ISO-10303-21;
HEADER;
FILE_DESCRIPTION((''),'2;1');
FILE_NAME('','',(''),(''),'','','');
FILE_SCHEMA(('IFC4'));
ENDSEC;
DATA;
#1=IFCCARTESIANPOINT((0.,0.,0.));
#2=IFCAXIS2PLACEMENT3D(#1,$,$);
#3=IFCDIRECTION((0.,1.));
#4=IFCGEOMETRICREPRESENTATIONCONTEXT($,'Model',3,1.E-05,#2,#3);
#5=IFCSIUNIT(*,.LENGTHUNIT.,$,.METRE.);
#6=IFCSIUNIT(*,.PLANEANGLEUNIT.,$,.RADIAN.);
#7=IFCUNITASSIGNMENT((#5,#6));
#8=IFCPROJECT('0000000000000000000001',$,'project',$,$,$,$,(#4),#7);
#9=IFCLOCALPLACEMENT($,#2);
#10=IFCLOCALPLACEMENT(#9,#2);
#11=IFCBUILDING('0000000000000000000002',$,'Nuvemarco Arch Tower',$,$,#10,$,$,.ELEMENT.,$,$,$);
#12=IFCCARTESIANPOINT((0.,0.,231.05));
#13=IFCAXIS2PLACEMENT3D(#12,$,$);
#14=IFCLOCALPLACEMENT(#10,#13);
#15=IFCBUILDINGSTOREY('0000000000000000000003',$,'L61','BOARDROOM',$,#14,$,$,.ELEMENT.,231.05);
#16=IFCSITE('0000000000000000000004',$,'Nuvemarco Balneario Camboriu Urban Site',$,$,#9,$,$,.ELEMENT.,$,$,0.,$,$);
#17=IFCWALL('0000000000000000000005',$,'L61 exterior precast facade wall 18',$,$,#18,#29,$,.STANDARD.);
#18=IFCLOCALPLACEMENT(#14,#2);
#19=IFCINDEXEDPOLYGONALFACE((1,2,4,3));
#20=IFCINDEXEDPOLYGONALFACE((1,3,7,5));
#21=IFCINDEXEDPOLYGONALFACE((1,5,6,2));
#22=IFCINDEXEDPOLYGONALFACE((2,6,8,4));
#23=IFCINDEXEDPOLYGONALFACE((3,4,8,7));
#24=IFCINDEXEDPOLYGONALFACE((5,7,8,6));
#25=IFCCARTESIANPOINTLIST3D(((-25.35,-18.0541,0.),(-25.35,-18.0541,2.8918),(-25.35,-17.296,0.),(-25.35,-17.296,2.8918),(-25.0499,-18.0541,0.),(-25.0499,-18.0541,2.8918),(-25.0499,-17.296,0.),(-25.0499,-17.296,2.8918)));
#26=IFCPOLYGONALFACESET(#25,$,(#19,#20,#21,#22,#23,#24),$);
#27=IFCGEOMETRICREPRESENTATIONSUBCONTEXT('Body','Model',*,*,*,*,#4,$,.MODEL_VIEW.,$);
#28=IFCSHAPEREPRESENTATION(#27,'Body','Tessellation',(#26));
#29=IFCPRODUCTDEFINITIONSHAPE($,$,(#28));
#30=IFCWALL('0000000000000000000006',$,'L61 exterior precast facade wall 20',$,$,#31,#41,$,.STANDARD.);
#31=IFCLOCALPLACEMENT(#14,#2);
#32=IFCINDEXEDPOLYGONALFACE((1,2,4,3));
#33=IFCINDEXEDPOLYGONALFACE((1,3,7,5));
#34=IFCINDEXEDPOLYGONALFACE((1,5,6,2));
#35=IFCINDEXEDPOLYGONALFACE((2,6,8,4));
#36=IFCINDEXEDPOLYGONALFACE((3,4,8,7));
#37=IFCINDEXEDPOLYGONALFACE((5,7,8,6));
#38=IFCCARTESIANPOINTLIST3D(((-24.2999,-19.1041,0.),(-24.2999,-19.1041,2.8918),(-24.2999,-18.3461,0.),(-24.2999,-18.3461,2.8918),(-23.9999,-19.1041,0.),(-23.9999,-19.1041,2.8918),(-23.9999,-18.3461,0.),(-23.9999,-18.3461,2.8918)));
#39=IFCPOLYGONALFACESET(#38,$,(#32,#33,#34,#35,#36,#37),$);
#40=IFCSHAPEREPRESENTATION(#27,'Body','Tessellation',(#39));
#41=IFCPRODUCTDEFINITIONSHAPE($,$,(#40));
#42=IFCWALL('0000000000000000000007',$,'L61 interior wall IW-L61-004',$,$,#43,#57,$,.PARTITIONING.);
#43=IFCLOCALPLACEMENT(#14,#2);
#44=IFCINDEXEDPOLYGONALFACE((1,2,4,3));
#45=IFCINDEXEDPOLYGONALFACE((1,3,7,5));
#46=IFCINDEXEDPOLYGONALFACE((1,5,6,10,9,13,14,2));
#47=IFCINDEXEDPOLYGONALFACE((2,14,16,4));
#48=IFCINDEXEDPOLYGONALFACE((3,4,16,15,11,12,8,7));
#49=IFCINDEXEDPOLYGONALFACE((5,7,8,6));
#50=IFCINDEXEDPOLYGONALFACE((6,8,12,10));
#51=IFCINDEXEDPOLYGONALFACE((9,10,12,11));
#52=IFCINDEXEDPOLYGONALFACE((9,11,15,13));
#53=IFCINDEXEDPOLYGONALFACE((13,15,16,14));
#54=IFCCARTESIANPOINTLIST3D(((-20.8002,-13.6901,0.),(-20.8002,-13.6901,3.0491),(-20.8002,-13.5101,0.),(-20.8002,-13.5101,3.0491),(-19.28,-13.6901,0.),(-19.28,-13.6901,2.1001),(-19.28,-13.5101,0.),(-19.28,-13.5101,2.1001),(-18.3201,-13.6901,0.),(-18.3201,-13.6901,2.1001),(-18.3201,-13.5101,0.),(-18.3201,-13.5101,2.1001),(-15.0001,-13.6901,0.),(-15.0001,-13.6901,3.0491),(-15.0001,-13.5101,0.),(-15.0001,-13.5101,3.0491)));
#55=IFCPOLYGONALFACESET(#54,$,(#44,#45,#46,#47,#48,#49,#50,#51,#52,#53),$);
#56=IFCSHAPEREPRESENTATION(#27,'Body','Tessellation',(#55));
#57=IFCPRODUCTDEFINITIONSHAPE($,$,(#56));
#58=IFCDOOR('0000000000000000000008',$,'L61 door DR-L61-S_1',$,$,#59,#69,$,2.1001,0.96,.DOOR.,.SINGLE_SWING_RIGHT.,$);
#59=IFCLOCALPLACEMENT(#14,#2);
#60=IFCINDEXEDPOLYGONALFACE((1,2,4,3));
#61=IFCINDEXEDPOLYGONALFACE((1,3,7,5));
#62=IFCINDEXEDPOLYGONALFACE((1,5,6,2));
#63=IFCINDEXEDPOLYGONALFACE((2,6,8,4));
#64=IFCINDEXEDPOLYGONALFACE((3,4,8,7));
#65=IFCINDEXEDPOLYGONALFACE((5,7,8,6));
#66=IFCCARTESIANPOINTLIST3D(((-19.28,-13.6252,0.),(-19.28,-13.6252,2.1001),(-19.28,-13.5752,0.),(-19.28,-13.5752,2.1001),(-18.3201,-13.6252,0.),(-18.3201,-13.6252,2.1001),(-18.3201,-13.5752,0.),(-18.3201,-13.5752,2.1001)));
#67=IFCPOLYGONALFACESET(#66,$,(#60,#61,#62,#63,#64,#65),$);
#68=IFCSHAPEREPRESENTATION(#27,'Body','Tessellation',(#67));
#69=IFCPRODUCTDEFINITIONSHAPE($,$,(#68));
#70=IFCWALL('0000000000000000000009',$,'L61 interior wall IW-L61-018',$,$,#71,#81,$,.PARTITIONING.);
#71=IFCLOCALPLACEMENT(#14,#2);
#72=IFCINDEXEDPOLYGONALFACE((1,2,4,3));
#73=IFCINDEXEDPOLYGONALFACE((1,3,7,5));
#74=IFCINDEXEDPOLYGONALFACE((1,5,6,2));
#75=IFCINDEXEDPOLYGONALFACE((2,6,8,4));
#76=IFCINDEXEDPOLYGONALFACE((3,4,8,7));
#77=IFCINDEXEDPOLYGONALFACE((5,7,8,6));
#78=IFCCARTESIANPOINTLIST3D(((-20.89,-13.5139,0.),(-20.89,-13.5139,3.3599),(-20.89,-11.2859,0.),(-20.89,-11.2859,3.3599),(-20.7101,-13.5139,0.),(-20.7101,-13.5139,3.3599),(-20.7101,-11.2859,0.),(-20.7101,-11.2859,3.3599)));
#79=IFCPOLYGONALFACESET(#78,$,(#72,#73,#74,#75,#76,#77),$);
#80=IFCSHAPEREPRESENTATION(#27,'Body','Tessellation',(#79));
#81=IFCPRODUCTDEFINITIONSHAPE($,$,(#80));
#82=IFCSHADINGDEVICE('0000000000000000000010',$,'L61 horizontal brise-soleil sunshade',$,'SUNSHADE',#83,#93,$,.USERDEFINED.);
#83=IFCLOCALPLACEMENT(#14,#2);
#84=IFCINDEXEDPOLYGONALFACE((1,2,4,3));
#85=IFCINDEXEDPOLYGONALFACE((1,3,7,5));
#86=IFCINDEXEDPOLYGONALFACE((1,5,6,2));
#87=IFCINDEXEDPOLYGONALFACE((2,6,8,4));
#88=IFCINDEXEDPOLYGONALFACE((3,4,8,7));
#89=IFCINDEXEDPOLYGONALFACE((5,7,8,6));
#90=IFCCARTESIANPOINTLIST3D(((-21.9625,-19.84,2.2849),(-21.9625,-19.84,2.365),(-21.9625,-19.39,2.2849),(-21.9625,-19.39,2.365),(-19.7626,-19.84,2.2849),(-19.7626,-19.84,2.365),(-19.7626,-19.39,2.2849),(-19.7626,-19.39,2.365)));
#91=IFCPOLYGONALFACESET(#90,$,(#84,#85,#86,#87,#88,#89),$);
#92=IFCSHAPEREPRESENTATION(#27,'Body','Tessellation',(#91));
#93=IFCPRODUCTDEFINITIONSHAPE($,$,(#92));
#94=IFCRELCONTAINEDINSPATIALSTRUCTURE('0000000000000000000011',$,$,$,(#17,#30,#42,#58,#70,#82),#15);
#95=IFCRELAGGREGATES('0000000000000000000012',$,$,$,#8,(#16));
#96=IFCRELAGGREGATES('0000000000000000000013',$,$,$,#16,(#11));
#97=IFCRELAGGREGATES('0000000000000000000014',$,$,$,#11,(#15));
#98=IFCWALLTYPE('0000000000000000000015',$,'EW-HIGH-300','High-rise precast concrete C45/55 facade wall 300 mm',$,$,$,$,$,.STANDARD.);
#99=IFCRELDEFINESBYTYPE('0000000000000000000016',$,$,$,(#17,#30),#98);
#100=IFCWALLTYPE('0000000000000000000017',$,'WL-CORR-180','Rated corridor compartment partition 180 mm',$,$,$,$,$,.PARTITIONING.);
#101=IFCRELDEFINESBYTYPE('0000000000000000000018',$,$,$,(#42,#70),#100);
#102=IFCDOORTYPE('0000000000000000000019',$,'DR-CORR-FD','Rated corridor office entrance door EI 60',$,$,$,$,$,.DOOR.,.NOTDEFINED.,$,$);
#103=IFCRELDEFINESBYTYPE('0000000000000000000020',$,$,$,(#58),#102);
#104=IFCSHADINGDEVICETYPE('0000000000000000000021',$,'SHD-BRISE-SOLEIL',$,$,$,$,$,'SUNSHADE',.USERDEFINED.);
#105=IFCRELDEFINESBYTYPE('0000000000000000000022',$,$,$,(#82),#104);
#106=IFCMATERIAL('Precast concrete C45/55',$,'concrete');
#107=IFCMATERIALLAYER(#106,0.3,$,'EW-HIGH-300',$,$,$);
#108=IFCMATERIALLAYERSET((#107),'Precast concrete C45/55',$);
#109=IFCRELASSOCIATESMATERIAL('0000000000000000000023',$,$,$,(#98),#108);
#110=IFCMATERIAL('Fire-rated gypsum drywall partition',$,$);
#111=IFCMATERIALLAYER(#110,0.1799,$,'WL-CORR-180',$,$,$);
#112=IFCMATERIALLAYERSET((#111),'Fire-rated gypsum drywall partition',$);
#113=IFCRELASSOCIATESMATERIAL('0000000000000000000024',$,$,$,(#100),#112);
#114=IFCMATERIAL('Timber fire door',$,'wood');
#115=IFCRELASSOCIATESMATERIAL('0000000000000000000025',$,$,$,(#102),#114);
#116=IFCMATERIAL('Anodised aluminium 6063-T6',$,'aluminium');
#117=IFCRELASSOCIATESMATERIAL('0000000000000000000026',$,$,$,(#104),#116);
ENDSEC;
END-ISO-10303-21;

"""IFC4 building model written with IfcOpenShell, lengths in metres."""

from ifc_helpers import new_model, si_unit, direction, frame, frame_2d, origin, origin_2d, place, context, subcontext, project, spatial, rectangle, extrude, source, transform, mapped, material, layer, layer_set, type_object, type_shapes, element, fill, save


model = new_model("IFC4")

# Units and contexts
model_context = context("Model", 3, precision=1e-05, world=origin(), true_north=direction((0.0, 1.0)))
body_context = subcontext(model_context, "Body", "Model", "MODEL_VIEW")
ifc_project = project(units=[si_unit("LENGTHUNIT", "METRE"), si_unit("PLANEANGLEUNIT", "RADIAN")], contexts=[model_context])

# Site, building, storey
site_placement = place(None, origin())
site = spatial("IfcSite", under=ifc_project, at=site_placement, Name="Nuvemarco Balneario Camboriu Urban Site", CompositionType="ELEMENT", RefElevation=0.0)
building_placement = place(site_placement, origin())
building = spatial("IfcBuilding", under=site, at=building_placement, Name="Nuvemarco Arch Tower", CompositionType="ELEMENT")
storey_placement = place(building_placement, frame((0.0, 0.0, 231.05)))
storey = spatial("IfcBuildingStorey", under=building, at=storey_placement, Name="L61", Description="BOARDROOM", CompositionType="ELEMENT", Elevation=231.05)

# Shared definitions
ifc_material_1 = material(Name="Precast concrete C45/55", Category="concrete")
ifc_layer_1 = layer(ifc_material_1, 0.3, Name="EW-HIGH-300")
ifc_layer_set_1 = layer_set([ifc_layer_1], Name="Precast concrete C45/55")
wall_type_1 = type_object("IfcWallType", Name="EW-HIGH-300", Description="High-rise precast concrete C45/55 facade wall 300 mm", PredefinedType="STANDARD", material=ifc_layer_set_1)

# Walls
for number, where, z_axis, x_axis, name in (
    (1, (-25.2, -18.054, 0.0), (0.0, 0.0, 1.0), (0.0, 1.0, 0.0), "L61 exterior precast facade wall 18"),
    (2, (-24.1499, -19.104, 0.0), (0.0, 0.0, 1.0), (0.0, 1.0, 0.0), "L61 exterior precast facade wall 20"),
):
    element("IfcWall", number, at=place(storey_placement, frame(where, z_axis=z_axis, x_axis=x_axis)), inside=storey, type_object=wall_type_1, Name=name, PredefinedType="STANDARD", context=body_context, shape_type="SweptSolid", body=[
        extrude(rectangle(XDim=0.7581, YDim=0.3, at=frame_2d((0.3789, 0.0))), origin(), (0.0, 0.0, 1.0), 2.8918),
    ])

# Wall, opening, door
ifc_material_2 = material(Name="Fire-rated gypsum drywall partition")
ifc_layer_2 = layer(ifc_material_2, 0.1799, Name="WL-CORR-180")
ifc_layer_set_2 = layer_set([ifc_layer_2], Name="Fire-rated gypsum drywall partition")
wall_type_2 = type_object("IfcWallType", Name="WL-CORR-180", Description="Rated corridor compartment partition 180 mm", PredefinedType="PARTITIONING", material=ifc_layer_set_2)
wall_1_placement = place(storey_placement, frame((-20.8, -13.6001, 0.0), z_axis=(0.0, 0.0, 1.0), x_axis=(1.0, 0.0, 0.0)))
wall_1 = element("IfcWall", 3, at=wall_1_placement, inside=storey, type_object=wall_type_2, Name="L61 interior wall IW-L61-004", PredefinedType="PARTITIONING", context=body_context, shape_type="SweptSolid", body=[
    extrude(rectangle(XDim=5.8, YDim=0.1799, at=frame_2d((2.8999, 0.0))), origin(), (0.0, 0.0, 1.0), 3.0491),
])
opening_1_placement = place(wall_1_placement, frame((1.52, 0.0, 0.0)))
opening_1 = element("IfcOpeningElement", 4, at=opening_1_placement, cuts=wall_1, PredefinedType="OPENING", context=body_context, shape_type="SweptSolid", body=[
    extrude(rectangle(XDim=0.96, YDim=2.1001, at=frame_2d((0.48, 1.05))), frame((0.0, 0.0999, 0.0), z_axis=(0.0, -1.0, 0.0), x_axis=(1.0, 0.0, 0.0)), (0.0, 0.0, 1.0), 0.2),
])
ifc_material_3 = material(Name="Timber fire door", Category="wood")
door_type_1 = type_object("IfcDoorType", Name="DR-CORR-FD", Description="Rated corridor office entrance door EI 60", OperationType="NOTDEFINED", PredefinedType="DOOR", material=ifc_material_3)
shared_shape_1 = source(origin(), body_context, "Body", "SweptSolid", [
    extrude(rectangle(XDim=0.96, YDim=2.1001, at=frame_2d((0.48, 1.05))), frame((0.0, 0.0249, 0.0), z_axis=(0.0, -1.0, 0.0), x_axis=(1.0, 0.0, 0.0)), (0.0, 0.0, 1.0), 0.05),
])
type_shapes(door_type_1, [shared_shape_1])
door_1_placement = place(opening_1_placement, origin())
door_1 = element("IfcDoor", 5, at=door_1_placement, inside=storey, type_object=door_type_1, Name="L61 door DR-L61-S_1", OperationType="SINGLE_SWING_RIGHT", OverallHeight=2.1001, OverallWidth=0.96, PredefinedType="DOOR", context=body_context, shape_type="MappedRepresentation", body=[
    mapped(shared_shape_1, transform((0.0, 0.0, 0.0), scale=1.0)),
])
fill(opening_1, door_1)

# Wall
wall_2_placement = place(storey_placement, frame((-20.8, -13.5139, 0.0), z_axis=(0.0, 0.0, 1.0), x_axis=(0.0, 1.0, 0.0)))
element("IfcWall", 6, at=wall_2_placement, inside=storey, type_object=wall_type_2, Name="L61 interior wall IW-L61-018", PredefinedType="PARTITIONING", context=body_context, shape_type="SweptSolid", body=[
    extrude(rectangle(XDim=2.228, YDim=0.1799, at=frame_2d((1.114, 0.0))), origin(), (0.0, 0.0, 1.0), 3.3599),
])

# Shading device
ifc_material_4 = material(Name="Anodised aluminium 6063-T6", Category="aluminium")
shading_device_type = type_object("IfcShadingDeviceType", Name="SHD-BRISE-SOLEIL", ElementType="SUNSHADE", PredefinedType="USERDEFINED", material=ifc_material_4)
shared_shape_2 = source(origin(), body_context, "Body", "SweptSolid", [
    extrude(rectangle(XDim=2.2, YDim=0.45, at=origin_2d()), origin(), (0.0, 0.0, 1.0), 0.0801),
])
type_shapes(shading_device_type, [shared_shape_2])
shading_device_placement = place(storey_placement, frame((-20.8625, -19.615, 2.2849), z_axis=(0.0, 0.0, 1.0), x_axis=(1.0, 0.0, 0.0)))
element("IfcShadingDevice", 7, at=shading_device_placement, inside=storey, type_object=shading_device_type, Name="L61 horizontal brise-soleil sunshade", ObjectType="SUNSHADE", PredefinedType="USERDEFINED", context=body_context, shape_type="MappedRepresentation", body=[
    mapped(shared_shape_2, transform((0.0, 0.0, 0.0), scale=1.0)),
])

save(model, "model.ifc")
